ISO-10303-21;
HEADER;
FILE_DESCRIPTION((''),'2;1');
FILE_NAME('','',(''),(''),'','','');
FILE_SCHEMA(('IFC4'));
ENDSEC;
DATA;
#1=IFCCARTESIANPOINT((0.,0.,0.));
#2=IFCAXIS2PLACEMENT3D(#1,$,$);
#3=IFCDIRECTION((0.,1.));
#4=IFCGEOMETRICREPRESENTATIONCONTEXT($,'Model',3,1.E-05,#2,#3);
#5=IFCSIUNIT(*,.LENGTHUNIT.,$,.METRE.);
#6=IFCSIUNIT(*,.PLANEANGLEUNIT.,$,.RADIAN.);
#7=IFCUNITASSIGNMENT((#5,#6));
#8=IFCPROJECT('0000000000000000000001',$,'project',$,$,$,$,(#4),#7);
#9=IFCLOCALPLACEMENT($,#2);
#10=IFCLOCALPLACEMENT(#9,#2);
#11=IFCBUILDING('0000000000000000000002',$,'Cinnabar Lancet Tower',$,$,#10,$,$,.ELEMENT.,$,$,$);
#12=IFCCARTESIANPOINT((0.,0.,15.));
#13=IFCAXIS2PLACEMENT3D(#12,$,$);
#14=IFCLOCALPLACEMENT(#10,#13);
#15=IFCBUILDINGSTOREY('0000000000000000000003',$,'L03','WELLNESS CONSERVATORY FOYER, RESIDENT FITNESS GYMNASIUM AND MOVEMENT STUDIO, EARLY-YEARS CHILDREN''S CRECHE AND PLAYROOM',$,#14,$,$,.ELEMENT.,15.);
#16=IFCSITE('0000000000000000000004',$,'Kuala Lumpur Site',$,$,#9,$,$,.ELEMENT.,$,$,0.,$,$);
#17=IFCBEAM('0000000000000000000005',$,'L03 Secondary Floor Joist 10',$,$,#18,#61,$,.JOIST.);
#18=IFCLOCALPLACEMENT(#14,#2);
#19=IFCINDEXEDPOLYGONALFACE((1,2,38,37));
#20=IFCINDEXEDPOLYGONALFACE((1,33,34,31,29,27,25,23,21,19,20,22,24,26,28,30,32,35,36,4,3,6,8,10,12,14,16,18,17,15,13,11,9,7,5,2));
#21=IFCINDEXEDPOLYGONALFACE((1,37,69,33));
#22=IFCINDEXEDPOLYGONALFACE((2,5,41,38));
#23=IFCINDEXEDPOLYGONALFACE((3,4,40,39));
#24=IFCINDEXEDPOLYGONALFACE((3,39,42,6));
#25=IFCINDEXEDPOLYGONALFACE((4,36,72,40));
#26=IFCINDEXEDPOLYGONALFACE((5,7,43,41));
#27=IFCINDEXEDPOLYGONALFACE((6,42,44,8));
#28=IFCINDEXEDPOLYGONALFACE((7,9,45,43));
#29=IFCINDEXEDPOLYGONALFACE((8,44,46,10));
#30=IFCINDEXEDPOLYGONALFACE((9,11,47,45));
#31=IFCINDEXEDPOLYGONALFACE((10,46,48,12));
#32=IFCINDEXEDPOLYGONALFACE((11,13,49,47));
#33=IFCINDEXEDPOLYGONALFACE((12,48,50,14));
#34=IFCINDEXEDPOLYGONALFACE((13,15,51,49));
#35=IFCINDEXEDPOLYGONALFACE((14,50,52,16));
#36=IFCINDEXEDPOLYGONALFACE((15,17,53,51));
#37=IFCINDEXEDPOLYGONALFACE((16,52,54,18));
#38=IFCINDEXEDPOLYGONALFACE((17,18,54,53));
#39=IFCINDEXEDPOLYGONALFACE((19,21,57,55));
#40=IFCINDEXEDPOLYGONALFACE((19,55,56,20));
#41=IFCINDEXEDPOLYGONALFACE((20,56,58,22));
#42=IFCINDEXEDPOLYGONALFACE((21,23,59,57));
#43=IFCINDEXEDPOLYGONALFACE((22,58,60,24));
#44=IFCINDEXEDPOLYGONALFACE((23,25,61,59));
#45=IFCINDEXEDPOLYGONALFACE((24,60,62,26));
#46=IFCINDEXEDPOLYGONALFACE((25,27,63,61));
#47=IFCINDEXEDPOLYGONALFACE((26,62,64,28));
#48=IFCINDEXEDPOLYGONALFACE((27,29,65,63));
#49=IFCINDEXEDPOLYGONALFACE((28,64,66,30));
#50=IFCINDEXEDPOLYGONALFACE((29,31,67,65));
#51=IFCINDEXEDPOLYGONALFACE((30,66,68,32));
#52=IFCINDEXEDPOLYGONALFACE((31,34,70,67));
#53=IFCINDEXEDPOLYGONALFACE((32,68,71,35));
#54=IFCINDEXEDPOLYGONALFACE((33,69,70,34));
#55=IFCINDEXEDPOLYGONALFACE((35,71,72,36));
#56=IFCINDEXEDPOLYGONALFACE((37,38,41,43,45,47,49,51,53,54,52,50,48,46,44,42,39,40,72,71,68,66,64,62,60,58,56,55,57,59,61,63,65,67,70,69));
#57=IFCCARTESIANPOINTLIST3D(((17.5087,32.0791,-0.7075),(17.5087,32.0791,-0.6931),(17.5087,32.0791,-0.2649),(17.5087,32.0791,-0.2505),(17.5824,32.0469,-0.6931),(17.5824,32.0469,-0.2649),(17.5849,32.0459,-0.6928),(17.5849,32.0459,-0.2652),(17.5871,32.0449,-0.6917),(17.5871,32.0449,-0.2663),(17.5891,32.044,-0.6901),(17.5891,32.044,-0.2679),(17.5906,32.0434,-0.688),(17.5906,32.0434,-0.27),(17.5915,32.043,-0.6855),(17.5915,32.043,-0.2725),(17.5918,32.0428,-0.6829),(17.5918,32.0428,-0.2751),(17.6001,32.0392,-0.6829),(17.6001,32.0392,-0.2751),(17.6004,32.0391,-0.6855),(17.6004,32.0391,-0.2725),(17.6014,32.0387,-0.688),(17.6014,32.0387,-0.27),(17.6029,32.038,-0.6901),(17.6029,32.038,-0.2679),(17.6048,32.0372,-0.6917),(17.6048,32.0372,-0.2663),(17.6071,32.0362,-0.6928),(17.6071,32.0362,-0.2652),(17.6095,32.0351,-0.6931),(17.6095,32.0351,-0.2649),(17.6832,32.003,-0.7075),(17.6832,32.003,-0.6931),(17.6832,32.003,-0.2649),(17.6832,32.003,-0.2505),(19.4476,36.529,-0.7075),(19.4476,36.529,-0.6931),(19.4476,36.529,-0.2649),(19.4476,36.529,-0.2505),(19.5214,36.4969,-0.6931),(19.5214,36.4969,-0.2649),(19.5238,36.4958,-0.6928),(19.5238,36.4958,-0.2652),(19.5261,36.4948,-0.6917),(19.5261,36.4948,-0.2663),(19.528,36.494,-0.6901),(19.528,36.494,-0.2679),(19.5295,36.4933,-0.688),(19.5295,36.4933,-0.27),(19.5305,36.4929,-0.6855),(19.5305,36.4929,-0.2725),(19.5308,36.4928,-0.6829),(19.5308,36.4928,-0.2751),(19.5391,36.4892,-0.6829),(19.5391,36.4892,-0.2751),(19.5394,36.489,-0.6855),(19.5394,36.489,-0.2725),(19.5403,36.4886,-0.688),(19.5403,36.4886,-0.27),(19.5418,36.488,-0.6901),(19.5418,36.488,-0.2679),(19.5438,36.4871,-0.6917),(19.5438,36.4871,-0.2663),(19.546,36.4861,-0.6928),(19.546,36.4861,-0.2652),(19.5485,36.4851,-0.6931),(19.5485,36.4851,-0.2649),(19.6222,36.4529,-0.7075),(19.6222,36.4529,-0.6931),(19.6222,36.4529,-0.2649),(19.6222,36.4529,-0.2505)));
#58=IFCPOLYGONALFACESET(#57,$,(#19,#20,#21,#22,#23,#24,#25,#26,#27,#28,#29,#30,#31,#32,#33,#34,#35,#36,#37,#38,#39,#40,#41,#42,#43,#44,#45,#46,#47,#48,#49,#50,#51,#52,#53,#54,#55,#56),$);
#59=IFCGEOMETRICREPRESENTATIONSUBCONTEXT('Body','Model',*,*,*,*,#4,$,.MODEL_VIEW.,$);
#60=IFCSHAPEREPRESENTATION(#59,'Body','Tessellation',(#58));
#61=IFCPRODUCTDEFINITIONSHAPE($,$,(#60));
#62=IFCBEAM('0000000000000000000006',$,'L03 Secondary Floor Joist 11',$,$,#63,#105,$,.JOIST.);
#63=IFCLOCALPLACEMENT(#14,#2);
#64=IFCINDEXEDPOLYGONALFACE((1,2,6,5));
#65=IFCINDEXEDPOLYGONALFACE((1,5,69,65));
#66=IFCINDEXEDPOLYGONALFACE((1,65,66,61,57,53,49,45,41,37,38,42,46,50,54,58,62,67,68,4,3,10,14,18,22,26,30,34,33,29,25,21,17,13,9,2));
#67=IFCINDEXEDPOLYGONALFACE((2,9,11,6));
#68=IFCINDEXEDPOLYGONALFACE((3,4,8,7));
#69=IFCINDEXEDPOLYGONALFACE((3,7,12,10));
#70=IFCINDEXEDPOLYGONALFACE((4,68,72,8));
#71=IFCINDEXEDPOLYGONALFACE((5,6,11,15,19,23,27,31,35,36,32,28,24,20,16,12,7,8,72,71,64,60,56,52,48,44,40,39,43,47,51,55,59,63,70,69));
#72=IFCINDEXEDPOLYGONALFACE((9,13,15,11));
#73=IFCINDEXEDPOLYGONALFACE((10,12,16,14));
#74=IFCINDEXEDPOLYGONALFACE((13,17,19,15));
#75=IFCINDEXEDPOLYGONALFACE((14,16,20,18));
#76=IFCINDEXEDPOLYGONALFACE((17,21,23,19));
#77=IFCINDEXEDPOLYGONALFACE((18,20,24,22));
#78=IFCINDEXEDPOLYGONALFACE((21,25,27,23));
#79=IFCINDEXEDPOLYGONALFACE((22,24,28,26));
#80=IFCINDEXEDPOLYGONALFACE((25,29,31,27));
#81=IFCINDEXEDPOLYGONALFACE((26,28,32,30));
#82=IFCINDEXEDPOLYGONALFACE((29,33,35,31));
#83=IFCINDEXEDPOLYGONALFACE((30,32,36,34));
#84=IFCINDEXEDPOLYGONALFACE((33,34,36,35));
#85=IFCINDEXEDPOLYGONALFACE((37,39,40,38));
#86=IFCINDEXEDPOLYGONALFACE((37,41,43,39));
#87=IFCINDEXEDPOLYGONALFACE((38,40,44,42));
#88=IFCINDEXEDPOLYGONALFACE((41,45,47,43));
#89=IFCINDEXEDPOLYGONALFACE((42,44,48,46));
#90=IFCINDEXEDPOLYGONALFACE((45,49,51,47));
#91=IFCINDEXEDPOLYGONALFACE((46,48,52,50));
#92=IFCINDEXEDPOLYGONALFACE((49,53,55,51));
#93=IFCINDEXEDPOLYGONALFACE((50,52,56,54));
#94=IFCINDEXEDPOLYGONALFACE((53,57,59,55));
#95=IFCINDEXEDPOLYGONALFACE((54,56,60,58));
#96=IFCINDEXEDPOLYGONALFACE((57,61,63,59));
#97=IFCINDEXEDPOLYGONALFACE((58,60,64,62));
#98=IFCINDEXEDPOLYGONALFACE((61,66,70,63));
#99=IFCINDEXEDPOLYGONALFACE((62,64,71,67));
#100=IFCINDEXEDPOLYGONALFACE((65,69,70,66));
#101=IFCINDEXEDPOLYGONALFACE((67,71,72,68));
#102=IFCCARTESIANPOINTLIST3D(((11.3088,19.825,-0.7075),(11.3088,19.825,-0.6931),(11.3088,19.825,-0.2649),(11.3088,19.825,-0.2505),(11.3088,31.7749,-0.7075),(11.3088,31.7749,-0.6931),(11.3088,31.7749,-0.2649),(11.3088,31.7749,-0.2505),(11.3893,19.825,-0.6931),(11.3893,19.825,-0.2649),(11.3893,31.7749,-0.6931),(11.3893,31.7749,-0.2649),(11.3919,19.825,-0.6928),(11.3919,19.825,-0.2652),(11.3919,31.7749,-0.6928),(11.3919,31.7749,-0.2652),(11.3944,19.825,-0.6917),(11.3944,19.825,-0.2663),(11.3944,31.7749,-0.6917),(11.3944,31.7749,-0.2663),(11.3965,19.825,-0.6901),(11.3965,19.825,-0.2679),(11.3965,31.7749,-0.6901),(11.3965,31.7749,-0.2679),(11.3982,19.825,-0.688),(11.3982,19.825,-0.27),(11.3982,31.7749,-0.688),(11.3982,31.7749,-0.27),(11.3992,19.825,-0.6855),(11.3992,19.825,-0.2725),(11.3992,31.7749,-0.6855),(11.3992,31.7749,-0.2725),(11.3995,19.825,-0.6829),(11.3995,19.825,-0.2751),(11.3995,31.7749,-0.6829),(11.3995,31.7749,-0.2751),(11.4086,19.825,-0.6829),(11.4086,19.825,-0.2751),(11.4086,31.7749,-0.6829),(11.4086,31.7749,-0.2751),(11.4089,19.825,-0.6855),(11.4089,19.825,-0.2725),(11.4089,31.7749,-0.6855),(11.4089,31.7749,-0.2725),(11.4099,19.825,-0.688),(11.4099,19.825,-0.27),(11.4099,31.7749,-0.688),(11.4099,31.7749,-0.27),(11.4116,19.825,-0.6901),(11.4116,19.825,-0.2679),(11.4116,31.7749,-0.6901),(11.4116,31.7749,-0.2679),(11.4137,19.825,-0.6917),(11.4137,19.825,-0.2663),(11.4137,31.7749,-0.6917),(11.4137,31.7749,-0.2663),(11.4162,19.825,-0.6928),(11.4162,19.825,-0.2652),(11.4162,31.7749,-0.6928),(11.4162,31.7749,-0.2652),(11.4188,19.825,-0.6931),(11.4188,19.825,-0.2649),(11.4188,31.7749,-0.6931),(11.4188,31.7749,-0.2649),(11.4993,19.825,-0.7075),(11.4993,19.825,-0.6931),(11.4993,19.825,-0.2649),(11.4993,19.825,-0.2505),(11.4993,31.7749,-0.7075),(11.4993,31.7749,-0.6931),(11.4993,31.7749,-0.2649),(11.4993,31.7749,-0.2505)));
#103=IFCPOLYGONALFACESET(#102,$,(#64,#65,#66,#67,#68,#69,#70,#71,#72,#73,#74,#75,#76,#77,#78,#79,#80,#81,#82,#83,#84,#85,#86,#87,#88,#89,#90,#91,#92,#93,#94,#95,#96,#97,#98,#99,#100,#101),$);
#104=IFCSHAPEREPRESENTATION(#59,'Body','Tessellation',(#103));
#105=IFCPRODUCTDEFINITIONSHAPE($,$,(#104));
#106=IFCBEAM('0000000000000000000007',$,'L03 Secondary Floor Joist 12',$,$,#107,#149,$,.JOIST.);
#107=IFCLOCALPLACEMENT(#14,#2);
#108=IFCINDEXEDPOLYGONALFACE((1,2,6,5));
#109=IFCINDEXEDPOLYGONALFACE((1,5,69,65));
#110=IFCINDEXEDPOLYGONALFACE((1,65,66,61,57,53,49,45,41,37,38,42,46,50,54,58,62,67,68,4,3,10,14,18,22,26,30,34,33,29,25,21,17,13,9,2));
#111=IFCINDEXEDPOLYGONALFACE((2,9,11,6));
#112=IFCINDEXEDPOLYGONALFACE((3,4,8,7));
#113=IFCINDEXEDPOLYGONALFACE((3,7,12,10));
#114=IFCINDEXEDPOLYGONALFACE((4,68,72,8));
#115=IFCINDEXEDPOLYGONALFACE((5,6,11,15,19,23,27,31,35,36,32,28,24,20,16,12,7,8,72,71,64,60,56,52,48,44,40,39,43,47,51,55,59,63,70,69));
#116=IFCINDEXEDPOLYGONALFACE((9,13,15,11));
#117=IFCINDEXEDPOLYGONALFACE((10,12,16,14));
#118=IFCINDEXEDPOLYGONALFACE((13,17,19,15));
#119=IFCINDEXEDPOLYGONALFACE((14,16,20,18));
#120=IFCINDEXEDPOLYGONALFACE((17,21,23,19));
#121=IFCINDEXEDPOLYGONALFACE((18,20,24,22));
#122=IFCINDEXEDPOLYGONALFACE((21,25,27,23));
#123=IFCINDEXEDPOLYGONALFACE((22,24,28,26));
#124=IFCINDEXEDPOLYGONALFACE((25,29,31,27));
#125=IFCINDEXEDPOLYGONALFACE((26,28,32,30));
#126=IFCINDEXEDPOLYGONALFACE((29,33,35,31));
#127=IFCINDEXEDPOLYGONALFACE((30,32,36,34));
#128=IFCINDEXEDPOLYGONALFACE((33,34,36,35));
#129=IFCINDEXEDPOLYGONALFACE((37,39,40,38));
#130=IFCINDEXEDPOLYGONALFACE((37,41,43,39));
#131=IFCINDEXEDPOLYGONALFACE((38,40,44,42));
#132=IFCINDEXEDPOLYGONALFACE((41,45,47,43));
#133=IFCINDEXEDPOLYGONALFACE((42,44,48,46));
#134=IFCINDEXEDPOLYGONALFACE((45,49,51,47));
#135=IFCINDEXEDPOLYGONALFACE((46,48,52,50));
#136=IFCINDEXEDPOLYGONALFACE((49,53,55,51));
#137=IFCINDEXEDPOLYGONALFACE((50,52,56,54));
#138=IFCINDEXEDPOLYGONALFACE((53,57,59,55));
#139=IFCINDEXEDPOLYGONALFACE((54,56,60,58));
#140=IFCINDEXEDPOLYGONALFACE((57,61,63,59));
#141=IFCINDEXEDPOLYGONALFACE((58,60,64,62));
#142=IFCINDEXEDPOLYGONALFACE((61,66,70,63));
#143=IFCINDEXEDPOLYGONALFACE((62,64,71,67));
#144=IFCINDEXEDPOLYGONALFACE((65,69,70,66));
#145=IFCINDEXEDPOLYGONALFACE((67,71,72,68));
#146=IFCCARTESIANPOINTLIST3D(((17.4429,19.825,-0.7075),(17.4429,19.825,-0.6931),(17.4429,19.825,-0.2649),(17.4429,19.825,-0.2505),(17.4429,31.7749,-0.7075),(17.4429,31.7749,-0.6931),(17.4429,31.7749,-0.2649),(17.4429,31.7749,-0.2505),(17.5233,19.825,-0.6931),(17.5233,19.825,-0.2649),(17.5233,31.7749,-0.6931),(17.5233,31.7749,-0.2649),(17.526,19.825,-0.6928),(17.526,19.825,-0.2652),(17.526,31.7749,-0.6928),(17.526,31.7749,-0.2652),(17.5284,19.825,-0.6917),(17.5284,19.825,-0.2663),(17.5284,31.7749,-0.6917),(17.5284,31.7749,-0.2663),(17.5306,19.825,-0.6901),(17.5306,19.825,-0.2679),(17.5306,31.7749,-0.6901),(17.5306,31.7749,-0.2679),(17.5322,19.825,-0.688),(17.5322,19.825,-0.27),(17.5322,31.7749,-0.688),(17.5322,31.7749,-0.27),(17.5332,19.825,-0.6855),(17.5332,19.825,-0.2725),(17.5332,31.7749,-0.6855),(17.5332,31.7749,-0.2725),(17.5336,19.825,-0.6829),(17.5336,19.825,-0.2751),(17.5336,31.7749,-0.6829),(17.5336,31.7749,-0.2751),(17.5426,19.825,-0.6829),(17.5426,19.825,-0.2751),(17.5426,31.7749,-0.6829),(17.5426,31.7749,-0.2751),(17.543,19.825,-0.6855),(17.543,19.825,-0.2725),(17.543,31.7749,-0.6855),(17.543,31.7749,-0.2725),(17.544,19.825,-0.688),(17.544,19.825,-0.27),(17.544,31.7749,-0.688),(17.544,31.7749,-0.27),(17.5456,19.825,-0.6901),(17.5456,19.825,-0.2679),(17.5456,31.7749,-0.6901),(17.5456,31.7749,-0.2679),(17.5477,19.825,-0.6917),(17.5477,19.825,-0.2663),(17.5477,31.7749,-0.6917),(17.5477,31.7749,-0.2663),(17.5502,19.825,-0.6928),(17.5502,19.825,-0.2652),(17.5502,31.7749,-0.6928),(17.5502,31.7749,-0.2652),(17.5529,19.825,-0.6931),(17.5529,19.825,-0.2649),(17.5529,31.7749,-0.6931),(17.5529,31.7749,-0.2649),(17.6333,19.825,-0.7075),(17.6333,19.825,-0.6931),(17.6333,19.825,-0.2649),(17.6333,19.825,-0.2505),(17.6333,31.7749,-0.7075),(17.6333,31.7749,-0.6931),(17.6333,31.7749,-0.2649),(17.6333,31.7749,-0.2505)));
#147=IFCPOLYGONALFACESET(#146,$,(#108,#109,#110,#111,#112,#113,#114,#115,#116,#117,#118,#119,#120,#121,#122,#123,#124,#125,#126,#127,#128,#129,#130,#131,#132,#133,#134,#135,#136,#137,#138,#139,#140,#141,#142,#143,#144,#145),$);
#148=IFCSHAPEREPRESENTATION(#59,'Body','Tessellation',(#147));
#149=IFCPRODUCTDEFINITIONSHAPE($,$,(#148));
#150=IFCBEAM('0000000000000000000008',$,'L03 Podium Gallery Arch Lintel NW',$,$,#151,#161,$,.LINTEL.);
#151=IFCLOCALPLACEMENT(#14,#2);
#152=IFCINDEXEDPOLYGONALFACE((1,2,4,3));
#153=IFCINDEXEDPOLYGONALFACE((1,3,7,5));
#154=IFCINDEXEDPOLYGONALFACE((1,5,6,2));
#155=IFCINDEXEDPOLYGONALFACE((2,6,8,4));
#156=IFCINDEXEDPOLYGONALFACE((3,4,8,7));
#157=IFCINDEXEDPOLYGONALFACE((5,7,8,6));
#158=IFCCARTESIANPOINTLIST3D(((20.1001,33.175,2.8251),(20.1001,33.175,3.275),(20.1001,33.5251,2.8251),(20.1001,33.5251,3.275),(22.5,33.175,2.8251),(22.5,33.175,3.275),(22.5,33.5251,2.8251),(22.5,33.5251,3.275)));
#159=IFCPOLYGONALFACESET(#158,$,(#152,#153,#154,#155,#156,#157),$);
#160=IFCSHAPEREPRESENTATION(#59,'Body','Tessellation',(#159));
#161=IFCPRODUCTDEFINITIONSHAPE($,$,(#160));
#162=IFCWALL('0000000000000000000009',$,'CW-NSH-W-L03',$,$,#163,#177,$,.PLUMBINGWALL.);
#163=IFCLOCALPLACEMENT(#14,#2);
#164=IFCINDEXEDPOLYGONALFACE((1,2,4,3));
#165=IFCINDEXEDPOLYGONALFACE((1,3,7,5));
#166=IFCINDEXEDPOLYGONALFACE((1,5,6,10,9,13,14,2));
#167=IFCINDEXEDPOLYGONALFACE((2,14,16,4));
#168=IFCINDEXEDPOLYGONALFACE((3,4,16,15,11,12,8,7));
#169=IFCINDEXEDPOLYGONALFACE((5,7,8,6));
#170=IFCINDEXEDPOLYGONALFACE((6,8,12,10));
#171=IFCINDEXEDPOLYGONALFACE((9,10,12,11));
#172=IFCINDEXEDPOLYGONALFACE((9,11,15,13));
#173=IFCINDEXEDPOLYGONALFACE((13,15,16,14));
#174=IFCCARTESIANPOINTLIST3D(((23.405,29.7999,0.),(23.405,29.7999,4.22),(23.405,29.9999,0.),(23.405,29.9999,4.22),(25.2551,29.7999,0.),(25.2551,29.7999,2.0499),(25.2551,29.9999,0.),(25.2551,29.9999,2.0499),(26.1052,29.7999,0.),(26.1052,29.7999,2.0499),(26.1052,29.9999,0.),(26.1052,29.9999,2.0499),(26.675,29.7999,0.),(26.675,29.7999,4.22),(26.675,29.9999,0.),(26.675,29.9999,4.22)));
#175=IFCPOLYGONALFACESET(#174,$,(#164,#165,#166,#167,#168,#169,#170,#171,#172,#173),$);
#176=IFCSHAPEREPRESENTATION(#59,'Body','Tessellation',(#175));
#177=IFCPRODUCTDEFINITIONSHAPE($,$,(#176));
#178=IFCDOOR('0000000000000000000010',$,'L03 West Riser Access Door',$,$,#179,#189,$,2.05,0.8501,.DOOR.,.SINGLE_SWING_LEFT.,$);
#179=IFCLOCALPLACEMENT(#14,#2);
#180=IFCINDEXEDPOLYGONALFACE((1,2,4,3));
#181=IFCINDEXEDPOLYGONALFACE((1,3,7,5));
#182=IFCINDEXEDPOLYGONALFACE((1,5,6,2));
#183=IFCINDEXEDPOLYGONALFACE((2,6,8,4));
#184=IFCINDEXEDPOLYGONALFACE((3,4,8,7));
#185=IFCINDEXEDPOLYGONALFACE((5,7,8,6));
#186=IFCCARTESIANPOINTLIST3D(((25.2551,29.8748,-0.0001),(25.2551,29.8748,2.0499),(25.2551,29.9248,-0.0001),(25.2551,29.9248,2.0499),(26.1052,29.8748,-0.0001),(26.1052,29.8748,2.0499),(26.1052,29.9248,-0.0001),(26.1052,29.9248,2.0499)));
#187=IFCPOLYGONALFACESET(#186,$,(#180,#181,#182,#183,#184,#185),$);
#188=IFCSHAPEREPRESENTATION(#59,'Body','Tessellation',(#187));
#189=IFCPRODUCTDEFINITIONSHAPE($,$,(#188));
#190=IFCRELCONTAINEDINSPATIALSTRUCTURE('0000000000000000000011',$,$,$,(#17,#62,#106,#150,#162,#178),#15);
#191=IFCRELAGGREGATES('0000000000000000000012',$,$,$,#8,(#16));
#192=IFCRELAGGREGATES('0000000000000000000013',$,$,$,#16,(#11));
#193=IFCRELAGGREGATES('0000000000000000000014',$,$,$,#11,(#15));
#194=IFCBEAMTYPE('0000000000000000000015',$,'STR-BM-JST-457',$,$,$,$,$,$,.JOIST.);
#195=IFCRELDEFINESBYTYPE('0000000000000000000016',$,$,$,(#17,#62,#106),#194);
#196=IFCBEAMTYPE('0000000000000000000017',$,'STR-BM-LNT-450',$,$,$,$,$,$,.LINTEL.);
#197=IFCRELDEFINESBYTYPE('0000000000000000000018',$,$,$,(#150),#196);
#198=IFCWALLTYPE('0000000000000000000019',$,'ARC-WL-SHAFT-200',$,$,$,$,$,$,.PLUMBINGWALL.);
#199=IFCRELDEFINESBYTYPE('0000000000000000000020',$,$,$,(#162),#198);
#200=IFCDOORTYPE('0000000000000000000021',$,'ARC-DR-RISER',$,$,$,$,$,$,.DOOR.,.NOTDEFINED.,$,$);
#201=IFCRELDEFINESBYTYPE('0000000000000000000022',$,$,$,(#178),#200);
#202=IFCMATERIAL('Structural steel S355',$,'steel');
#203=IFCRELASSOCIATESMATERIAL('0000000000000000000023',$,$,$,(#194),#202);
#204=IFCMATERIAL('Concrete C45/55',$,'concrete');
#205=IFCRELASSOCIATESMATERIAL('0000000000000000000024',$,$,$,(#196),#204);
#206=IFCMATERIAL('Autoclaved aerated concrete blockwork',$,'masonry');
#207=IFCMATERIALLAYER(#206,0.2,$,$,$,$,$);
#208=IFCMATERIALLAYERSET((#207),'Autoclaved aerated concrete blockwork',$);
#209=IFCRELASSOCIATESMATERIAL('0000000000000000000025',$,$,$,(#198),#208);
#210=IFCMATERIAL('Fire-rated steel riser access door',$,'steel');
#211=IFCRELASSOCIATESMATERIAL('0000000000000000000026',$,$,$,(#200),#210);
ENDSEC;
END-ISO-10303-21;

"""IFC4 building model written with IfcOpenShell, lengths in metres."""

from ifc_helpers import new_model, si_unit, direction, frame, frame_2d, origin, origin_2d, place, context, subcontext, project, spatial, rectangle, i_section, extrude, material, layer, layer_set, material_profile, profile_set, type_object, element, fill, save


model = new_model("IFC4")

# Units and contexts
model_context = context("Model", 3, precision=1e-05, world=origin(), true_north=direction((0.0, 1.0)))
body_context = subcontext(model_context, "Body", "Model", "MODEL_VIEW")
ifc_project = project(units=[si_unit("LENGTHUNIT", "METRE"), si_unit("PLANEANGLEUNIT", "RADIAN")], contexts=[model_context])

# Site, building, storey
site_placement = place(None, origin())
site = spatial("IfcSite", under=ifc_project, at=site_placement, Name="Kuala Lumpur Site", CompositionType="ELEMENT", RefElevation=0.0)
building_placement = place(site_placement, origin())
building = spatial("IfcBuilding", under=site, at=building_placement, Name="Cinnabar Lancet Tower", CompositionType="ELEMENT")
storey_placement = place(building_placement, frame((0.0, 0.0, 15.0)))
storey = spatial("IfcBuildingStorey", under=building, at=storey_placement, Name="L03", Description="WELLNESS CONSERVATORY FOYER, RESIDENT FITNESS GYMNASIUM AND MOVEMENT STUDIO, EARLY-YEARS CHILDREN'S CRECHE AND PLAYROOM", CompositionType="ELEMENT", Elevation=15.0)

# Beams
ifc_material_1 = material(Name="Structural steel S355", Category="steel")
ifc_material_profile_1 = material_profile(ifc_material_1, i_section(OverallWidth=0.1904, OverallDepth=0.457, WebThickness=0.009, FlangeThickness=0.0144, FilletRadius=0.0103, at=origin_2d()), Name="UKB 457x191x74")
ifc_profile_set_1 = profile_set([ifc_material_profile_1], Name="Structural steel S355")
beam_type_1 = type_object("IfcBeamType", Name="STR-BM-JST-457", PredefinedType="JOIST", material=ifc_profile_set_1)
beam_1_placement = place(storey_placement, frame((19.5349, 36.491, -0.479), z_axis=(-0.399454, -0.916753, 0.0), x_axis=(0.916753, -0.399454, 0.0)))
element("IfcBeam", 1, at=beam_1_placement, inside=storey, type_object=beam_type_1, Name="L03 Secondary Floor Joist 10", PredefinedType="JOIST", context=body_context, shape_type="SweptSolid", body=[
    extrude(i_section(OverallWidth=0.1904, OverallDepth=0.457, WebThickness=0.009, FlangeThickness=0.0144, FilletRadius=0.0103, at=origin_2d()), origin(), (0.0, 0.0, 1.0), 4.854),
])
for number, where, z_axis, x_axis, name in (
    (2, (11.4041, 31.7749, -0.479), (0.0, -1.0, 0.0), (1.0, 0.0, 0.0), "L03 Secondary Floor Joist 11"),
    (3, (17.5381, 31.7749, -0.479), (0.0, -1.0, 0.0), (1.0, 0.0, 0.0), "L03 Secondary Floor Joist 12"),
):
    element("IfcBeam", number, at=place(storey_placement, frame(where, z_axis=z_axis, x_axis=x_axis)), inside=storey, type_object=beam_type_1, Name=name, PredefinedType="JOIST", context=body_context, shape_type="SweptSolid", body=[
        extrude(i_section(OverallWidth=0.1904, OverallDepth=0.457, WebThickness=0.009, FlangeThickness=0.0144, FilletRadius=0.0103, at=origin_2d()), origin(), (0.0, 0.0, 1.0), 11.95),
    ])
ifc_material_2 = material(Name="Concrete C45/55", Category="concrete")
ifc_material_profile_2 = material_profile(ifc_material_2, rectangle(XDim=0.3501, YDim=0.45, at=origin_2d()), Name="RC-LNT 350x450")
ifc_profile_set_2 = profile_set([ifc_material_profile_2], Name="Concrete C45/55")
beam_type_2 = type_object("IfcBeamType", Name="STR-BM-LNT-450", PredefinedType="LINTEL", material=ifc_profile_set_2)
beam_2_placement = place(storey_placement, frame((20.1001, 33.3501, 3.05), z_axis=(1.0, 0.0, 0.0), x_axis=(0.0, 1.0, 0.0)))
element("IfcBeam", 4, at=beam_2_placement, inside=storey, type_object=beam_type_2, Name="L03 Podium Gallery Arch Lintel NW", PredefinedType="LINTEL", context=body_context, shape_type="SweptSolid", body=[
    extrude(rectangle(XDim=0.3501, YDim=0.45, at=origin_2d()), origin(), (0.0, 0.0, 1.0), 2.3999),
])

# Wall, opening, door
ifc_material_3 = material(Name="Autoclaved aerated concrete blockwork", Category="masonry")
ifc_layer_1 = layer(ifc_material_3, 0.2)
ifc_layer_set_1 = layer_set([ifc_layer_1], Name="Autoclaved aerated concrete blockwork")
wall_type_1 = type_object("IfcWallType", Name="ARC-WL-SHAFT-200", PredefinedType="PLUMBINGWALL", material=ifc_layer_set_1)
wall_1_placement = place(storey_placement, frame((23.405, 29.8999, 0.0), z_axis=(0.0, 0.0, 1.0), x_axis=(1.0, 0.0, 0.0)))
wall_1 = element("IfcWall", 5, at=wall_1_placement, inside=storey, type_object=wall_type_1, Name="CW-NSH-W-L03", PredefinedType="PLUMBINGWALL", context=body_context, shape_type="SweptSolid", body=[
    extrude(rectangle(XDim=3.27, YDim=0.2, at=frame_2d((1.635, 0.0))), origin(), (0.0, 0.0, 1.0), 4.22),
])
opening_1_placement = place(wall_1_placement, frame((1.8501, 0.0, 0.0)))
opening_1 = element("IfcOpeningElement", 6, at=opening_1_placement, cuts=wall_1, PredefinedType="OPENING", context=body_context, shape_type="SweptSolid", body=[
    extrude(rectangle(XDim=0.8501, YDim=2.05, at=frame_2d((0.425, 1.0249))), frame((0.0, 0.1099, 0.0), z_axis=(0.0, -1.0, 0.0), x_axis=(1.0, 0.0, 0.0)), (0.0, 0.0, 1.0), 0.22),
])
ifc_material_4 = material(Name="Fire-rated steel riser access door", Category="steel")
door_type_1 = type_object("IfcDoorType", Name="ARC-DR-RISER", OperationType="NOTDEFINED", PredefinedType="DOOR", material=ifc_material_4)
door_1_placement = place(opening_1_placement, origin())
door_1 = element("IfcDoor", 7, at=door_1_placement, inside=storey, type_object=door_type_1, Name="L03 West Riser Access Door", OperationType="SINGLE_SWING_LEFT", OverallHeight=2.05, OverallWidth=0.8501, PredefinedType="DOOR", context=body_context, shape_type="SweptSolid", body=[
    extrude(rectangle(XDim=0.8501, YDim=2.05, at=frame_2d((0.425, 1.0249))), frame((0.0, 0.0249, 0.0), z_axis=(0.0, -1.0, 0.0), x_axis=(1.0, 0.0, 0.0)), (0.0, 0.0, 1.0), 0.05),
])
fill(opening_1, door_1)

save(model, "model.ifc")
